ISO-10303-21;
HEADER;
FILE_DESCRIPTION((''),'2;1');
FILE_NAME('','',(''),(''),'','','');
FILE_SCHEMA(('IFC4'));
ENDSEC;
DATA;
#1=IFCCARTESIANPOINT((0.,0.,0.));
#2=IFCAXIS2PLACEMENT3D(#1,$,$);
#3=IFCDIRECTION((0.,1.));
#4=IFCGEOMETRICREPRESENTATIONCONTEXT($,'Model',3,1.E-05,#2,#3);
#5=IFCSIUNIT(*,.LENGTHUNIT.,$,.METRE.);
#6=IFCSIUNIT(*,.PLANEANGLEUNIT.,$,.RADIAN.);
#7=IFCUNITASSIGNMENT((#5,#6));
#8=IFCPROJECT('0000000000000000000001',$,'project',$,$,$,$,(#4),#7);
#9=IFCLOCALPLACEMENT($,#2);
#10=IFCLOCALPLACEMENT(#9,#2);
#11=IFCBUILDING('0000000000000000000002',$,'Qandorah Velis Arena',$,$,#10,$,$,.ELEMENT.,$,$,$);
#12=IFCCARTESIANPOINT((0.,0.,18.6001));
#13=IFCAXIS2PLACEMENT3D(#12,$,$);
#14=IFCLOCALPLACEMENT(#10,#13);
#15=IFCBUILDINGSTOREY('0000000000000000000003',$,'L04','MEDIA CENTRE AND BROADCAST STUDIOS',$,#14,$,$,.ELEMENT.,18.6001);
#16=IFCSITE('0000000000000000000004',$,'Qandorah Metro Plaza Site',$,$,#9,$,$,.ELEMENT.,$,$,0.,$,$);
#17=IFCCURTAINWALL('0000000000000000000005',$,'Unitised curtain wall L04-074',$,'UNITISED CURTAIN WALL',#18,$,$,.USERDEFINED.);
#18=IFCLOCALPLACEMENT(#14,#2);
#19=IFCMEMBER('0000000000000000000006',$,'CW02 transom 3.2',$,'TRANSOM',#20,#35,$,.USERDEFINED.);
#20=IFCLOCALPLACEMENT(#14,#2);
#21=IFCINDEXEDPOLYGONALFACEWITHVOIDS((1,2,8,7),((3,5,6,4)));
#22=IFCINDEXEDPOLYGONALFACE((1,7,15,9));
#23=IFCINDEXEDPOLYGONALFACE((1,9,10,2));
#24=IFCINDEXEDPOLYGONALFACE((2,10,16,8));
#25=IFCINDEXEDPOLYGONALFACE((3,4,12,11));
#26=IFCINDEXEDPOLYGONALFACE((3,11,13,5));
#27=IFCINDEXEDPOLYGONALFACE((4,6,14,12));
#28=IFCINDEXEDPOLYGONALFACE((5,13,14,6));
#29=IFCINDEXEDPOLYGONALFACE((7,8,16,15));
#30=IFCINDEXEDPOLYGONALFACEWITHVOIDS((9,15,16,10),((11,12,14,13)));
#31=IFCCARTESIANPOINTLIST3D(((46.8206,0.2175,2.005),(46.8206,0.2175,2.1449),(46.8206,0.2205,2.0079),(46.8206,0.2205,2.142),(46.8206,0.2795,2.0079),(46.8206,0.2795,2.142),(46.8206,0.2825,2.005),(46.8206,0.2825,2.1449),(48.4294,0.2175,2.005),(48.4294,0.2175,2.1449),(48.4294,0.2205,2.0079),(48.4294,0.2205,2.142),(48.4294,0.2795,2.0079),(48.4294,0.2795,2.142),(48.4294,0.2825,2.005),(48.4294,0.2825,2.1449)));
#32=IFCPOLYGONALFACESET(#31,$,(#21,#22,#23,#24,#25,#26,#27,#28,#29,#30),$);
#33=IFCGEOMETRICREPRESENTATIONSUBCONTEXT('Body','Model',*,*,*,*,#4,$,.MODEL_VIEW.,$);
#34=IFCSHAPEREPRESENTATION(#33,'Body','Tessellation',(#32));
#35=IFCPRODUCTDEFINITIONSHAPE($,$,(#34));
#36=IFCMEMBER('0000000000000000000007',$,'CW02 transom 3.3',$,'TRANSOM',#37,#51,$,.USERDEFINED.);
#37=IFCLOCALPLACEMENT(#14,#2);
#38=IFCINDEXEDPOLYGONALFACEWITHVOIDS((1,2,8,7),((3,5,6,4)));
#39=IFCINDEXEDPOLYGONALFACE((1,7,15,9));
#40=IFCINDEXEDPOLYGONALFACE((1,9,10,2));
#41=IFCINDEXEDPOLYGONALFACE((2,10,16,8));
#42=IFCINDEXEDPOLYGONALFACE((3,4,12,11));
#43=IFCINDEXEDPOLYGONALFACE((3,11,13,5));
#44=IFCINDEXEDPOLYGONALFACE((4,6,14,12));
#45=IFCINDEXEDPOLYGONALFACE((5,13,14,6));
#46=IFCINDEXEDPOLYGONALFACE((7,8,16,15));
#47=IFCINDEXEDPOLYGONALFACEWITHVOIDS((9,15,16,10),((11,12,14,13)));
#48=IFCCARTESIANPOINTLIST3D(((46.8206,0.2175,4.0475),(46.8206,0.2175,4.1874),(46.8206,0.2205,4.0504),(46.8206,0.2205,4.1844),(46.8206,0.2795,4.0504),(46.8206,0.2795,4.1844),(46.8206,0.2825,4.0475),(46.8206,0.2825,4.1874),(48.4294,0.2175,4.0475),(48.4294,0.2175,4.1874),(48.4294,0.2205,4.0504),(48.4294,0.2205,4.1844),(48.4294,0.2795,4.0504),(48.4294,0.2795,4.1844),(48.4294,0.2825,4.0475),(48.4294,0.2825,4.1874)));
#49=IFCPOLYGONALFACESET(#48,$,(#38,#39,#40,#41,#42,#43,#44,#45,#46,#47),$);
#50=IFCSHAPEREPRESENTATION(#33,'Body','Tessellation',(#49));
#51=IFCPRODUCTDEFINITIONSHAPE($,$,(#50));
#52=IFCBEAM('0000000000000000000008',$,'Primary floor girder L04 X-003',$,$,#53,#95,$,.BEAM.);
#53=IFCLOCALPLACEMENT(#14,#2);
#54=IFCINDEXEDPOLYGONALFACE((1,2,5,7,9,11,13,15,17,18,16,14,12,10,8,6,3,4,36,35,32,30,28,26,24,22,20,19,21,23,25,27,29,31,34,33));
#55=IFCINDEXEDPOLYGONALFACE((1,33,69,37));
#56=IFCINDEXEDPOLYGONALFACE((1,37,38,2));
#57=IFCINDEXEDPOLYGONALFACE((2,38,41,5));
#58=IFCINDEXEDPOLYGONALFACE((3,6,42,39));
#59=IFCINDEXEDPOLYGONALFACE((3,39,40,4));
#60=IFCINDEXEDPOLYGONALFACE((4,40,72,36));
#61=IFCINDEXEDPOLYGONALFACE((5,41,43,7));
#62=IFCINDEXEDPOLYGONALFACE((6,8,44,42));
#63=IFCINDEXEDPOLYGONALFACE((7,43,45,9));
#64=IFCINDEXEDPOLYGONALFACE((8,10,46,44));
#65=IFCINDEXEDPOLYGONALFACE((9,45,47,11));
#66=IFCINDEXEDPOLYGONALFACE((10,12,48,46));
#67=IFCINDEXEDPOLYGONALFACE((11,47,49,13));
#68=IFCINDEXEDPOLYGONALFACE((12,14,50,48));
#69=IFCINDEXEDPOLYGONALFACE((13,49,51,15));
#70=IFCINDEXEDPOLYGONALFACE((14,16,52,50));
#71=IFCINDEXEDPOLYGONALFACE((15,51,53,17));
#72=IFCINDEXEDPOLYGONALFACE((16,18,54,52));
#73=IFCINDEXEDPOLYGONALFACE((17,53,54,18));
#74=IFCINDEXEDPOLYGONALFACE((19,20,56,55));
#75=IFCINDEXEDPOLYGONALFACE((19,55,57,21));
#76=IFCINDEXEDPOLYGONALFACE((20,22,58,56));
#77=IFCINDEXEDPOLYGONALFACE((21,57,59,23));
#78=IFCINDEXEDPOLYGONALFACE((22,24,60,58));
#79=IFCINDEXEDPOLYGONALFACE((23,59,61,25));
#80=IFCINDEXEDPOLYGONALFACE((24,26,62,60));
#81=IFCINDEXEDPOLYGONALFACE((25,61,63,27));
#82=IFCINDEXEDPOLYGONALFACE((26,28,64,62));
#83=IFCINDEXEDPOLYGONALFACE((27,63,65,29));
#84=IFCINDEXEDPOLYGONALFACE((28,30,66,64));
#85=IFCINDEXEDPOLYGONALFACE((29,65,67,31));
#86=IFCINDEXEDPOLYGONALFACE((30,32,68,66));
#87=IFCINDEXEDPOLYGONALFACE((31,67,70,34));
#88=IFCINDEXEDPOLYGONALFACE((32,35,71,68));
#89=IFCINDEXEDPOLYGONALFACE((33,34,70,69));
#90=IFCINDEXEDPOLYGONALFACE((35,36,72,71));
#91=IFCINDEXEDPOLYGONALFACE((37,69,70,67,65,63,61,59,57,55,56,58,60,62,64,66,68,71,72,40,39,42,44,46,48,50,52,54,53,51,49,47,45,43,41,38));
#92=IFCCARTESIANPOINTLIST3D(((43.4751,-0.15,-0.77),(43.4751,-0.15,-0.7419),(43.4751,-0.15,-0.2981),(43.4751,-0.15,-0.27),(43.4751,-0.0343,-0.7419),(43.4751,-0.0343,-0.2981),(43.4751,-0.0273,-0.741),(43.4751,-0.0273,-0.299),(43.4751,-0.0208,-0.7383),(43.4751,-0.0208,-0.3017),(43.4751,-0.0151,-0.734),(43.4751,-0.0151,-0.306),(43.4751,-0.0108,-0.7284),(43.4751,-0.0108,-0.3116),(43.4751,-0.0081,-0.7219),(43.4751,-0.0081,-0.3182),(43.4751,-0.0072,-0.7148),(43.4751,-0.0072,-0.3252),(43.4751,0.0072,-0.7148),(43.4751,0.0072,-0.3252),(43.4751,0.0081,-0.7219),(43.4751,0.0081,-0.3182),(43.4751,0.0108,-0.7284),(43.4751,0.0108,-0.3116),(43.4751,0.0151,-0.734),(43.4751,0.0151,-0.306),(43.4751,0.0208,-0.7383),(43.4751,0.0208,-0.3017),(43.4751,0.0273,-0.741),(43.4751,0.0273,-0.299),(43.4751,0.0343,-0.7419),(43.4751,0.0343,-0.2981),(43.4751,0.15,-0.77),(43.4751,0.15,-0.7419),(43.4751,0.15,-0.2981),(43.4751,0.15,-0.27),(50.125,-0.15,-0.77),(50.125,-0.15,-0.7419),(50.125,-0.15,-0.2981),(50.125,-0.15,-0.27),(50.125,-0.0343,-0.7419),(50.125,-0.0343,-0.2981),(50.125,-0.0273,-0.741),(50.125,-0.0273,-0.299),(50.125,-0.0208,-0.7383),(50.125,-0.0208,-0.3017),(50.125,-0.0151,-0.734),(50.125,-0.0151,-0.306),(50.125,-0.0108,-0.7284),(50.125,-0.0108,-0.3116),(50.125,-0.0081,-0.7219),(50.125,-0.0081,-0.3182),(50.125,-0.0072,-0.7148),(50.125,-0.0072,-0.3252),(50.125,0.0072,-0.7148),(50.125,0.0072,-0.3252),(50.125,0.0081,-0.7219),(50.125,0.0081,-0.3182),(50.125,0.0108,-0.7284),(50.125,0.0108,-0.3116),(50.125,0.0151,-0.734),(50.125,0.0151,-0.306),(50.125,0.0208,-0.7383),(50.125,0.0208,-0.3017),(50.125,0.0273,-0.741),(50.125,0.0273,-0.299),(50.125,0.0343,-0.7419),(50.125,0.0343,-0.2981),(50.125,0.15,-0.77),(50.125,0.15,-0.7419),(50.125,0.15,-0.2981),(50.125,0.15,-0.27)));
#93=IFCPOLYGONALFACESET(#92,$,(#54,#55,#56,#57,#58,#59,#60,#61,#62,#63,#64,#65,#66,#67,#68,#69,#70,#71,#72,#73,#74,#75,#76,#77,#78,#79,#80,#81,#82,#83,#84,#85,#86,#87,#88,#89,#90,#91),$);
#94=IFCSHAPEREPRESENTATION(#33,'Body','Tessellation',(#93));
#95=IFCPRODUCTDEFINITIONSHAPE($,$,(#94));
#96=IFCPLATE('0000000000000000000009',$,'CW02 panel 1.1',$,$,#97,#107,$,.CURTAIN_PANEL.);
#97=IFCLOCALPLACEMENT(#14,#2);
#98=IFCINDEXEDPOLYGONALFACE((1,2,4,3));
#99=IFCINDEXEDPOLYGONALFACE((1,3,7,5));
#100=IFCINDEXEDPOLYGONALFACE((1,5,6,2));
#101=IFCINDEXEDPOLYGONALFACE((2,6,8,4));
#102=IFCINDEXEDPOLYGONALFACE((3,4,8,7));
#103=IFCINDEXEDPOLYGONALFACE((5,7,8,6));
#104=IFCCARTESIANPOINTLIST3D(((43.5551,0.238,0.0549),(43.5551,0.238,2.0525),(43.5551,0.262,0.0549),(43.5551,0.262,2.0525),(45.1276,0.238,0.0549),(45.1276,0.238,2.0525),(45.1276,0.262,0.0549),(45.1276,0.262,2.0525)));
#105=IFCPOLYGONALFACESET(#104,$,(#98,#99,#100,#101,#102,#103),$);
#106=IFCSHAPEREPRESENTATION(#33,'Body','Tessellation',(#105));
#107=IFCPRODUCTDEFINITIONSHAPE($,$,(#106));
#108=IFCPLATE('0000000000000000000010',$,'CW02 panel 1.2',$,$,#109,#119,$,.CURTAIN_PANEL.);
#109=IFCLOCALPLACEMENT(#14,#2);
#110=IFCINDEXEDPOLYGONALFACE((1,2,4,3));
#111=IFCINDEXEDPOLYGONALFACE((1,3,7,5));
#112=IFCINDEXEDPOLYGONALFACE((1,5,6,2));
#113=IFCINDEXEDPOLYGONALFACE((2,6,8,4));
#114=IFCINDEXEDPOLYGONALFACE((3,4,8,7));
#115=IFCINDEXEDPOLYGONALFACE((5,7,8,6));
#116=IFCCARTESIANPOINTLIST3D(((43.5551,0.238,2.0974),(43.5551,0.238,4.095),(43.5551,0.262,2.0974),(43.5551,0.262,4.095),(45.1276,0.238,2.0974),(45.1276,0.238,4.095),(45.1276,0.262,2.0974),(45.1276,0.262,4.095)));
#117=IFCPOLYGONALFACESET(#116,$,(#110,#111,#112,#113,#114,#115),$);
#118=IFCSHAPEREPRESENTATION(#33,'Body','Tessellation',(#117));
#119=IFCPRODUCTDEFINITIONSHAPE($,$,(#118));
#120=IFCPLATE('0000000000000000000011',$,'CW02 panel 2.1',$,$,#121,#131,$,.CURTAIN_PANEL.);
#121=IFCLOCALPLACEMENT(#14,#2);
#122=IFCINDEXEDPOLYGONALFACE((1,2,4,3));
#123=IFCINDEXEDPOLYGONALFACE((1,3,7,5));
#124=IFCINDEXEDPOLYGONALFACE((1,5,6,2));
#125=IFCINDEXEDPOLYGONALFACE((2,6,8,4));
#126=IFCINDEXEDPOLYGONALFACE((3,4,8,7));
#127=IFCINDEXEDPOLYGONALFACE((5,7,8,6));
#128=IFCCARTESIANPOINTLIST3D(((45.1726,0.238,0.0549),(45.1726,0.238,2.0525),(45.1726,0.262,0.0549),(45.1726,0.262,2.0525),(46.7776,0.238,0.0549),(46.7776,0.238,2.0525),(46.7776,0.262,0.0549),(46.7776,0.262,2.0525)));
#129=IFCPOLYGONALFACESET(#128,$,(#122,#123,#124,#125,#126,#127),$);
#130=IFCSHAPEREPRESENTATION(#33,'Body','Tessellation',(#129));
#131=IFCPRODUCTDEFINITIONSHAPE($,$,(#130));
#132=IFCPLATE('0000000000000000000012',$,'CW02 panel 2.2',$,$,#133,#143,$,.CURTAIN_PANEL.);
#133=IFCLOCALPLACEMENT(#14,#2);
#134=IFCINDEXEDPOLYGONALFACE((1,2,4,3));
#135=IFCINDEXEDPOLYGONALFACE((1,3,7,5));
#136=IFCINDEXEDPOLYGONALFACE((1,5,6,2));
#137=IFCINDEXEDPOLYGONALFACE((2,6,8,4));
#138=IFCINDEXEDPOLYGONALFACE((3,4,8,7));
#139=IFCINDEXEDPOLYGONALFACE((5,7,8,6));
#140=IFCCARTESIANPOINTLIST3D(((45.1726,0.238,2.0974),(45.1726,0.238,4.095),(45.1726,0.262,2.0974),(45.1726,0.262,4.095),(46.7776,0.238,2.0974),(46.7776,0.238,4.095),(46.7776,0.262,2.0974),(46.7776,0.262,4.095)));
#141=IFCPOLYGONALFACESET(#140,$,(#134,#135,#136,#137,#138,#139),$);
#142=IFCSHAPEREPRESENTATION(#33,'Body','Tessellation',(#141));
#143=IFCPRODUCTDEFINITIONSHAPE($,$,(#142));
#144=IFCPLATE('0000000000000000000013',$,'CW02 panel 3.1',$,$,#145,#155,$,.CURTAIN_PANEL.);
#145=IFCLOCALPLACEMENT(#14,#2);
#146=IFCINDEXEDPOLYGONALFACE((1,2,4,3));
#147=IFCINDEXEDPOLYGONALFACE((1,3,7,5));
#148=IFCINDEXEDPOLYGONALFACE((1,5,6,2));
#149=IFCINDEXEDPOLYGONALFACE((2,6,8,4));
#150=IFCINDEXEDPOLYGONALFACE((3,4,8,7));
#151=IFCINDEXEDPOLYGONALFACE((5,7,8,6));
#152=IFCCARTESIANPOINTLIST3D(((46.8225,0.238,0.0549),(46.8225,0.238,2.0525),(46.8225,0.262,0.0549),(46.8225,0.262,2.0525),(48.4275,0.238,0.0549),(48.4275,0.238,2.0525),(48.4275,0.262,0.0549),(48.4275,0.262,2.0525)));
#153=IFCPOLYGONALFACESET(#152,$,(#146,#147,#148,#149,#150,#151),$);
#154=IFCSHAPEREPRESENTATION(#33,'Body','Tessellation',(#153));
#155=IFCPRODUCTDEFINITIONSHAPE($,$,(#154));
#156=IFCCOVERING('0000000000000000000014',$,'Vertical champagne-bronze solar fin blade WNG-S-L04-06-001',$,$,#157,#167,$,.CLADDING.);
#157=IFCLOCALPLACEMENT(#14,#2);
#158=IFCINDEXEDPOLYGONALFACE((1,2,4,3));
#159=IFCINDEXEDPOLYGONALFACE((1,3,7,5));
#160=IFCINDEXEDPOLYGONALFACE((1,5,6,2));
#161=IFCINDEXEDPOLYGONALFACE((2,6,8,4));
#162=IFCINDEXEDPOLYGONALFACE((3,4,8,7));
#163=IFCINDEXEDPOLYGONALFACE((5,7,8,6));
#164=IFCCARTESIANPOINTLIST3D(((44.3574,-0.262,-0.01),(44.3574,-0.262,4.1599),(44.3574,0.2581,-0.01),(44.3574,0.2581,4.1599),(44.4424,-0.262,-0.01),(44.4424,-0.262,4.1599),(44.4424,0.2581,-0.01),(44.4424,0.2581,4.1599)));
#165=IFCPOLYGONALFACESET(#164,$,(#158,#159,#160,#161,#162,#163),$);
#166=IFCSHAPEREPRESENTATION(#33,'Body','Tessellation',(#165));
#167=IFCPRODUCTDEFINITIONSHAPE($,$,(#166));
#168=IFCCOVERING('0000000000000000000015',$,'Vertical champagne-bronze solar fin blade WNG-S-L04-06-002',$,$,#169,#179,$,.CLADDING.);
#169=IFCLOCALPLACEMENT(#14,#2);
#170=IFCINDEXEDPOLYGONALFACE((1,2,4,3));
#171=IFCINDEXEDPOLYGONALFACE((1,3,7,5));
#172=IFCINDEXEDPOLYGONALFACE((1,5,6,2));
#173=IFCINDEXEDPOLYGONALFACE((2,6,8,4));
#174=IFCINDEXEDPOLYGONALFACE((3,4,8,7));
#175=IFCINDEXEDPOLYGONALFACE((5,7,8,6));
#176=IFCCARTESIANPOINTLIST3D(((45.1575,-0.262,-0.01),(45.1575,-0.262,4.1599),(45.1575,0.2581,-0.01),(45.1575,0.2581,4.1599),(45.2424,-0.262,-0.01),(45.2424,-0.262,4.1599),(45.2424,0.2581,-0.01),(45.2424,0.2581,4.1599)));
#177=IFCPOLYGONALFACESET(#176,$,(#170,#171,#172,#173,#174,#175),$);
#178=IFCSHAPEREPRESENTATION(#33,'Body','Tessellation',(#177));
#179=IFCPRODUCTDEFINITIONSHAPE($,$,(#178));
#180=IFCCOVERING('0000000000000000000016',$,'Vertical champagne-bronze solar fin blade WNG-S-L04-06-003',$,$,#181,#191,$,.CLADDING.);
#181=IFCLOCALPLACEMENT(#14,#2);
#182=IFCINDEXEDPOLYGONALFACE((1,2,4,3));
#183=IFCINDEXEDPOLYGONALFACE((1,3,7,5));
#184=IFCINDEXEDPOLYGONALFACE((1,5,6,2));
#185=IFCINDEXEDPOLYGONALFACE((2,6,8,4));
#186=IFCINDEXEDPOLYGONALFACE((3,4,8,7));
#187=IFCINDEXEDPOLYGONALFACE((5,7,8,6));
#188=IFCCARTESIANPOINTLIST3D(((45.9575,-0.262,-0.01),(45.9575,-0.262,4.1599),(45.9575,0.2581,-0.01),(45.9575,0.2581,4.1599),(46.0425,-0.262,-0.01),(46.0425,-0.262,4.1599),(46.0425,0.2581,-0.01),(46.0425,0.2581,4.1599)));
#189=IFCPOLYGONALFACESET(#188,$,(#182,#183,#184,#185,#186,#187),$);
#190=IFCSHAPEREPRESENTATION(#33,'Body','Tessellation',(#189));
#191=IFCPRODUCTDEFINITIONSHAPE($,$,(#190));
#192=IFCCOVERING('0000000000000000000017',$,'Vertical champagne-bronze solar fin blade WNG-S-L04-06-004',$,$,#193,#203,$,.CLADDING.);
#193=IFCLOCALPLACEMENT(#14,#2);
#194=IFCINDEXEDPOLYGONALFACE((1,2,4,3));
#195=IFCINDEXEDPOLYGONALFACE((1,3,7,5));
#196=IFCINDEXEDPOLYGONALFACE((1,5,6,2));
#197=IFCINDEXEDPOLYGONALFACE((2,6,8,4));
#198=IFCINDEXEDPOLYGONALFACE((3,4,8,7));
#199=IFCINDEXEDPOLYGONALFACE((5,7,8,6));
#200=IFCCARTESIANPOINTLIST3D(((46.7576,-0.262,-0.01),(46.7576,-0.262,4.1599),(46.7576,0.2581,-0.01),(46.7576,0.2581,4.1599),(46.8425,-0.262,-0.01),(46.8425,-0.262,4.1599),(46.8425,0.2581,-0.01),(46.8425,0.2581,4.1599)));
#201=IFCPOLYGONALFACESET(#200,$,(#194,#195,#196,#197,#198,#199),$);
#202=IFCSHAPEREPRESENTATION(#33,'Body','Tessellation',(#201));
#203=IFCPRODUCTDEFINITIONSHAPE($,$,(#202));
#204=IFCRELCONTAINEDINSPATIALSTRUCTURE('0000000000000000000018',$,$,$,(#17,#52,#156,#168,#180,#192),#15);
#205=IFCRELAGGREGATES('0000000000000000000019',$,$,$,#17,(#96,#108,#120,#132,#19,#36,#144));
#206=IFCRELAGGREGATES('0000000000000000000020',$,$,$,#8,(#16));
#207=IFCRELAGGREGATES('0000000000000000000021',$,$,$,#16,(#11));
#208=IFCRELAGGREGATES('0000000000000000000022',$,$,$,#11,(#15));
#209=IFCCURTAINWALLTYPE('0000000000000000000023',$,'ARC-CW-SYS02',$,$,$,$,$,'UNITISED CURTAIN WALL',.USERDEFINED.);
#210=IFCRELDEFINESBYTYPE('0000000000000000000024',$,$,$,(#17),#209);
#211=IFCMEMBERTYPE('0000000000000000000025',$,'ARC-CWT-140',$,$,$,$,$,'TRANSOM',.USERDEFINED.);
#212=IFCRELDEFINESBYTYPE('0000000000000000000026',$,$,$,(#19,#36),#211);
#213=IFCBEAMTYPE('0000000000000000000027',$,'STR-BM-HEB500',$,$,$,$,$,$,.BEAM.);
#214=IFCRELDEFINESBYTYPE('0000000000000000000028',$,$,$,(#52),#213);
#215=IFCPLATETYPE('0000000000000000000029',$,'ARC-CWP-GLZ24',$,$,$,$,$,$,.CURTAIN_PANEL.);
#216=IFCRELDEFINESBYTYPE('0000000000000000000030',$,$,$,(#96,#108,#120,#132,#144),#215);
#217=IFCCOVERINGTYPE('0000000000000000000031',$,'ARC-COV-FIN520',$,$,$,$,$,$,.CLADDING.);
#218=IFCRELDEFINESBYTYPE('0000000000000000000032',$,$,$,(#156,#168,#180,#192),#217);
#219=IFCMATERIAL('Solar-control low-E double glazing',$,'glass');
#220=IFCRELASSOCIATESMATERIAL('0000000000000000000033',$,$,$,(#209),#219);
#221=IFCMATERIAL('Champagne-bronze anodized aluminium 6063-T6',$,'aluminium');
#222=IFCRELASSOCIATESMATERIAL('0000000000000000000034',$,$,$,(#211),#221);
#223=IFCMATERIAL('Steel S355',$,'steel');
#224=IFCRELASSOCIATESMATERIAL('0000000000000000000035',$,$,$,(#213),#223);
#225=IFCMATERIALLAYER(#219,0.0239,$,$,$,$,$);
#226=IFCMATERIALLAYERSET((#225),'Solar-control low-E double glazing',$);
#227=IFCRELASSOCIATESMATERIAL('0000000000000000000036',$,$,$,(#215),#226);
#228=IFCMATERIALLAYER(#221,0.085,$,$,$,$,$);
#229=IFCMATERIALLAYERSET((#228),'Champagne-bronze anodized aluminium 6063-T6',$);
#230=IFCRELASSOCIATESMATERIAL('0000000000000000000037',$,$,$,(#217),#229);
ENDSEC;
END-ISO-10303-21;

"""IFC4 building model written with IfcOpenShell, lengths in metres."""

from ifc_helpers import new_model, si_unit, direction, frame, origin, origin_2d, place, context, subcontext, project, spatial, rectangle, hollow_rectangle, i_section, extrude, material, layer, layer_set, material_profile, profile_set, type_object, element, aggregate, save


model = new_model("IFC4")

# Units and contexts
model_context = context("Model", 3, precision=1e-05, world=origin(), true_north=direction((0.0, 1.0)))
body_context = subcontext(model_context, "Body", "Model", "MODEL_VIEW")
ifc_project = project(units=[si_unit("LENGTHUNIT", "METRE"), si_unit("PLANEANGLEUNIT", "RADIAN")], contexts=[model_context])

# Site, building, storey
site_placement = place(None, origin())
site = spatial("IfcSite", under=ifc_project, at=site_placement, Name="Qandorah Metro Plaza Site", CompositionType="ELEMENT", RefElevation=0.0)
building_placement = place(site_placement, origin())
building = spatial("IfcBuilding", under=site, at=building_placement, Name="Qandorah Velis Arena", CompositionType="ELEMENT")
storey_placement = place(building_placement, frame((0.0, 0.0, 18.6001)))
storey = spatial("IfcBuildingStorey", under=building, at=storey_placement, Name="L04", Description="MEDIA CENTRE AND BROADCAST STUDIOS", CompositionType="ELEMENT", Elevation=18.6001)

# Curtain wall, members
ifc_material_1 = material(Name="Solar-control low-E double glazing", Category="glass")
curtain_wall_type = type_object("IfcCurtainWallType", Name="ARC-CW-SYS02", ElementType="UNITISED CURTAIN WALL", PredefinedType="USERDEFINED", material=ifc_material_1)
curtain_wall_placement = place(storey_placement, origin())
curtain_wall = element("IfcCurtainWall", 1, at=curtain_wall_placement, inside=storey, type_object=curtain_wall_type, Name="Unitised curtain wall L04-074", ObjectType="UNITISED CURTAIN WALL", PredefinedType="USERDEFINED")
ifc_material_2 = material(Name="Champagne-bronze anodized aluminium 6063-T6", Category="aluminium")
ifc_material_profile_1 = material_profile(ifc_material_2, hollow_rectangle(XDim=0.0649, YDim=0.1399, WallThickness=0.0029, at=origin_2d()), Name="ALU TRANSOM 65x140")
ifc_profile_set_1 = profile_set([ifc_material_profile_1], Name="Champagne-bronze anodized aluminium 6063-T6")
member_type_1 = type_object("IfcMemberType", Name="ARC-CWT-140", ElementType="TRANSOM", PredefinedType="USERDEFINED", material=ifc_profile_set_1)
member_1_placement = place(storey_placement, frame((46.8206, 0.25, 2.075), z_axis=(1.0, 0.0, 0.0), x_axis=(0.0, 1.0, 0.0)))
member_1 = element("IfcMember", 2, at=member_1_placement, type_object=member_type_1, Name="CW02 transom 3.2", ObjectType="TRANSOM", PredefinedType="USERDEFINED", context=body_context, shape_type="SweptSolid", body=[
    extrude(hollow_rectangle(XDim=0.0649, YDim=0.1399, WallThickness=0.0029, at=origin_2d()), origin(), (0.0, 0.0, 1.0), 1.6089),
])
member_2_placement = place(storey_placement, frame((46.8206, 0.25, 4.1174), z_axis=(1.0, 0.0, 0.0), x_axis=(0.0, 1.0, 0.0)))
member_2 = element("IfcMember", 3, at=member_2_placement, type_object=member_type_1, Name="CW02 transom 3.3", ObjectType="TRANSOM", PredefinedType="USERDEFINED", context=body_context, shape_type="SweptSolid", body=[
    extrude(hollow_rectangle(XDim=0.0649, YDim=0.1399, WallThickness=0.0029, at=origin_2d()), origin(), (0.0, 0.0, 1.0), 1.6089),
])

# Beam
ifc_material_3 = material(Name="Steel S355", Category="steel")
ifc_material_profile_2 = material_profile(ifc_material_3, i_section(OverallWidth=0.3, OverallDepth=0.5, WebThickness=0.0144, FlangeThickness=0.0281, FilletRadius=0.0271, at=origin_2d()), Name="HEB 500")
ifc_profile_set_2 = profile_set([ifc_material_profile_2], Name="Steel S355")
beam_type = type_object("IfcBeamType", Name="STR-BM-HEB500", PredefinedType="BEAM", material=ifc_profile_set_2)
beam_placement = place(storey_placement, frame((43.4751, 0.0, -0.52), z_axis=(1.0, 0.0, 0.0), x_axis=(0.0, 1.0, 0.0)))
element("IfcBeam", 4, at=beam_placement, inside=storey, type_object=beam_type, Name="Primary floor girder L04 X-003", PredefinedType="BEAM", context=body_context, shape_type="SweptSolid", body=[
    extrude(i_section(OverallWidth=0.3, OverallDepth=0.5, WebThickness=0.0144, FlangeThickness=0.0281, FilletRadius=0.0271, at=origin_2d()), origin(), (0.0, 0.0, 1.0), 6.6499),
])

# Plates
ifc_layer_1 = layer(ifc_material_1, 0.0239)
ifc_layer_set_1 = layer_set([ifc_layer_1], Name="Solar-control low-E double glazing")
plate_type = type_object("IfcPlateType", Name="ARC-CWP-GLZ24", PredefinedType="CURTAIN_PANEL", material=ifc_layer_set_1)
plate_1_placement = place(storey_placement, frame((44.3413, 0.25, 0.0549), z_axis=(0.0, 0.0, 1.0), x_axis=(1.0, 0.0, 0.0)))
plate_1 = element("IfcPlate", 5, at=plate_1_placement, type_object=plate_type, Name="CW02 panel 1.1", PredefinedType="CURTAIN_PANEL", context=body_context, shape_type="SweptSolid", body=[
    extrude(rectangle(XDim=1.5725, YDim=0.0239, at=origin_2d()), origin(), (0.0, 0.0, 1.0), 1.9976),
])
plate_2_placement = place(storey_placement, frame((44.3413, 0.25, 2.0974), z_axis=(0.0, 0.0, 1.0), x_axis=(1.0, 0.0, 0.0)))
plate_2 = element("IfcPlate", 6, at=plate_2_placement, type_object=plate_type, Name="CW02 panel 1.2", PredefinedType="CURTAIN_PANEL", context=body_context, shape_type="SweptSolid", body=[
    extrude(rectangle(XDim=1.5725, YDim=0.0239, at=origin_2d()), origin(), (0.0, 0.0, 1.0), 1.9976),
])
plate_3_placement = place(storey_placement, frame((45.9751, 0.25, 0.0549), z_axis=(0.0, 0.0, 1.0), x_axis=(1.0, 0.0, 0.0)))
plate_3 = element("IfcPlate", 7, at=plate_3_placement, type_object=plate_type, Name="CW02 panel 2.1", PredefinedType="CURTAIN_PANEL", context=body_context, shape_type="SweptSolid", body=[
    extrude(rectangle(XDim=1.605, YDim=0.0239, at=origin_2d()), origin(), (0.0, 0.0, 1.0), 1.9976),
])
plate_4_placement = place(storey_placement, frame((45.9751, 0.25, 2.0974), z_axis=(0.0, 0.0, 1.0), x_axis=(1.0, 0.0, 0.0)))
plate_4 = element("IfcPlate", 8, at=plate_4_placement, type_object=plate_type, Name="CW02 panel 2.2", PredefinedType="CURTAIN_PANEL", context=body_context, shape_type="SweptSolid", body=[
    extrude(rectangle(XDim=1.605, YDim=0.0239, at=origin_2d()), origin(), (0.0, 0.0, 1.0), 1.9976),
])
plate_5_placement = place(storey_placement, frame((47.625, 0.25, 0.0549), z_axis=(0.0, 0.0, 1.0), x_axis=(1.0, 0.0, 0.0)))
plate_5 = element("IfcPlate", 9, at=plate_5_placement, type_object=plate_type, Name="CW02 panel 3.1", PredefinedType="CURTAIN_PANEL", context=body_context, shape_type="SweptSolid", body=[
    extrude(rectangle(XDim=1.605, YDim=0.0239, at=origin_2d()), origin(), (0.0, 0.0, 1.0), 1.9976),
])
aggregate(curtain_wall, [plate_1, plate_2, plate_3, plate_4, member_1, member_2, plate_5])

# Coverings
ifc_layer_2 = layer(ifc_material_2, 0.085)
ifc_layer_set_2 = layer_set([ifc_layer_2], Name="Champagne-bronze anodized aluminium 6063-T6")
covering_type = type_object("IfcCoveringType", Name="ARC-COV-FIN520", PredefinedType="CLADDING", material=ifc_layer_set_2)
for number, where, z_axis, x_axis, name in (
    (10, (44.3999, -0.002, -0.01), (0.0, 0.0, 1.0), (1.0, 0.0, 0.0), "Vertical champagne-bronze solar fin blade WNG-S-L04-06-001"),
    (11, (45.2, -0.002, -0.01), (0.0, 0.0, 1.0), (1.0, 0.0, 0.0), "Vertical champagne-bronze solar fin blade WNG-S-L04-06-002"),
    (12, (46.0, -0.002, -0.01), (0.0, 0.0, 1.0), (1.0, 0.0, 0.0), "Vertical champagne-bronze solar fin blade WNG-S-L04-06-003"),
    (13, (46.8, -0.002, -0.01), (0.0, 0.0, 1.0), (1.0, 0.0, 0.0), "Vertical champagne-bronze solar fin blade WNG-S-L04-06-004"),
):
    element("IfcCovering", number, at=place(storey_placement, frame(where, z_axis=z_axis, x_axis=x_axis)), inside=storey, type_object=covering_type, Name=name, PredefinedType="CLADDING", context=body_context, shape_type="SweptSolid", body=[
        extrude(rectangle(XDim=0.085, YDim=0.52, at=origin_2d()), origin(), (0.0, 0.0, 1.0), 4.1699),
    ])

save(model, "model.ifc")
